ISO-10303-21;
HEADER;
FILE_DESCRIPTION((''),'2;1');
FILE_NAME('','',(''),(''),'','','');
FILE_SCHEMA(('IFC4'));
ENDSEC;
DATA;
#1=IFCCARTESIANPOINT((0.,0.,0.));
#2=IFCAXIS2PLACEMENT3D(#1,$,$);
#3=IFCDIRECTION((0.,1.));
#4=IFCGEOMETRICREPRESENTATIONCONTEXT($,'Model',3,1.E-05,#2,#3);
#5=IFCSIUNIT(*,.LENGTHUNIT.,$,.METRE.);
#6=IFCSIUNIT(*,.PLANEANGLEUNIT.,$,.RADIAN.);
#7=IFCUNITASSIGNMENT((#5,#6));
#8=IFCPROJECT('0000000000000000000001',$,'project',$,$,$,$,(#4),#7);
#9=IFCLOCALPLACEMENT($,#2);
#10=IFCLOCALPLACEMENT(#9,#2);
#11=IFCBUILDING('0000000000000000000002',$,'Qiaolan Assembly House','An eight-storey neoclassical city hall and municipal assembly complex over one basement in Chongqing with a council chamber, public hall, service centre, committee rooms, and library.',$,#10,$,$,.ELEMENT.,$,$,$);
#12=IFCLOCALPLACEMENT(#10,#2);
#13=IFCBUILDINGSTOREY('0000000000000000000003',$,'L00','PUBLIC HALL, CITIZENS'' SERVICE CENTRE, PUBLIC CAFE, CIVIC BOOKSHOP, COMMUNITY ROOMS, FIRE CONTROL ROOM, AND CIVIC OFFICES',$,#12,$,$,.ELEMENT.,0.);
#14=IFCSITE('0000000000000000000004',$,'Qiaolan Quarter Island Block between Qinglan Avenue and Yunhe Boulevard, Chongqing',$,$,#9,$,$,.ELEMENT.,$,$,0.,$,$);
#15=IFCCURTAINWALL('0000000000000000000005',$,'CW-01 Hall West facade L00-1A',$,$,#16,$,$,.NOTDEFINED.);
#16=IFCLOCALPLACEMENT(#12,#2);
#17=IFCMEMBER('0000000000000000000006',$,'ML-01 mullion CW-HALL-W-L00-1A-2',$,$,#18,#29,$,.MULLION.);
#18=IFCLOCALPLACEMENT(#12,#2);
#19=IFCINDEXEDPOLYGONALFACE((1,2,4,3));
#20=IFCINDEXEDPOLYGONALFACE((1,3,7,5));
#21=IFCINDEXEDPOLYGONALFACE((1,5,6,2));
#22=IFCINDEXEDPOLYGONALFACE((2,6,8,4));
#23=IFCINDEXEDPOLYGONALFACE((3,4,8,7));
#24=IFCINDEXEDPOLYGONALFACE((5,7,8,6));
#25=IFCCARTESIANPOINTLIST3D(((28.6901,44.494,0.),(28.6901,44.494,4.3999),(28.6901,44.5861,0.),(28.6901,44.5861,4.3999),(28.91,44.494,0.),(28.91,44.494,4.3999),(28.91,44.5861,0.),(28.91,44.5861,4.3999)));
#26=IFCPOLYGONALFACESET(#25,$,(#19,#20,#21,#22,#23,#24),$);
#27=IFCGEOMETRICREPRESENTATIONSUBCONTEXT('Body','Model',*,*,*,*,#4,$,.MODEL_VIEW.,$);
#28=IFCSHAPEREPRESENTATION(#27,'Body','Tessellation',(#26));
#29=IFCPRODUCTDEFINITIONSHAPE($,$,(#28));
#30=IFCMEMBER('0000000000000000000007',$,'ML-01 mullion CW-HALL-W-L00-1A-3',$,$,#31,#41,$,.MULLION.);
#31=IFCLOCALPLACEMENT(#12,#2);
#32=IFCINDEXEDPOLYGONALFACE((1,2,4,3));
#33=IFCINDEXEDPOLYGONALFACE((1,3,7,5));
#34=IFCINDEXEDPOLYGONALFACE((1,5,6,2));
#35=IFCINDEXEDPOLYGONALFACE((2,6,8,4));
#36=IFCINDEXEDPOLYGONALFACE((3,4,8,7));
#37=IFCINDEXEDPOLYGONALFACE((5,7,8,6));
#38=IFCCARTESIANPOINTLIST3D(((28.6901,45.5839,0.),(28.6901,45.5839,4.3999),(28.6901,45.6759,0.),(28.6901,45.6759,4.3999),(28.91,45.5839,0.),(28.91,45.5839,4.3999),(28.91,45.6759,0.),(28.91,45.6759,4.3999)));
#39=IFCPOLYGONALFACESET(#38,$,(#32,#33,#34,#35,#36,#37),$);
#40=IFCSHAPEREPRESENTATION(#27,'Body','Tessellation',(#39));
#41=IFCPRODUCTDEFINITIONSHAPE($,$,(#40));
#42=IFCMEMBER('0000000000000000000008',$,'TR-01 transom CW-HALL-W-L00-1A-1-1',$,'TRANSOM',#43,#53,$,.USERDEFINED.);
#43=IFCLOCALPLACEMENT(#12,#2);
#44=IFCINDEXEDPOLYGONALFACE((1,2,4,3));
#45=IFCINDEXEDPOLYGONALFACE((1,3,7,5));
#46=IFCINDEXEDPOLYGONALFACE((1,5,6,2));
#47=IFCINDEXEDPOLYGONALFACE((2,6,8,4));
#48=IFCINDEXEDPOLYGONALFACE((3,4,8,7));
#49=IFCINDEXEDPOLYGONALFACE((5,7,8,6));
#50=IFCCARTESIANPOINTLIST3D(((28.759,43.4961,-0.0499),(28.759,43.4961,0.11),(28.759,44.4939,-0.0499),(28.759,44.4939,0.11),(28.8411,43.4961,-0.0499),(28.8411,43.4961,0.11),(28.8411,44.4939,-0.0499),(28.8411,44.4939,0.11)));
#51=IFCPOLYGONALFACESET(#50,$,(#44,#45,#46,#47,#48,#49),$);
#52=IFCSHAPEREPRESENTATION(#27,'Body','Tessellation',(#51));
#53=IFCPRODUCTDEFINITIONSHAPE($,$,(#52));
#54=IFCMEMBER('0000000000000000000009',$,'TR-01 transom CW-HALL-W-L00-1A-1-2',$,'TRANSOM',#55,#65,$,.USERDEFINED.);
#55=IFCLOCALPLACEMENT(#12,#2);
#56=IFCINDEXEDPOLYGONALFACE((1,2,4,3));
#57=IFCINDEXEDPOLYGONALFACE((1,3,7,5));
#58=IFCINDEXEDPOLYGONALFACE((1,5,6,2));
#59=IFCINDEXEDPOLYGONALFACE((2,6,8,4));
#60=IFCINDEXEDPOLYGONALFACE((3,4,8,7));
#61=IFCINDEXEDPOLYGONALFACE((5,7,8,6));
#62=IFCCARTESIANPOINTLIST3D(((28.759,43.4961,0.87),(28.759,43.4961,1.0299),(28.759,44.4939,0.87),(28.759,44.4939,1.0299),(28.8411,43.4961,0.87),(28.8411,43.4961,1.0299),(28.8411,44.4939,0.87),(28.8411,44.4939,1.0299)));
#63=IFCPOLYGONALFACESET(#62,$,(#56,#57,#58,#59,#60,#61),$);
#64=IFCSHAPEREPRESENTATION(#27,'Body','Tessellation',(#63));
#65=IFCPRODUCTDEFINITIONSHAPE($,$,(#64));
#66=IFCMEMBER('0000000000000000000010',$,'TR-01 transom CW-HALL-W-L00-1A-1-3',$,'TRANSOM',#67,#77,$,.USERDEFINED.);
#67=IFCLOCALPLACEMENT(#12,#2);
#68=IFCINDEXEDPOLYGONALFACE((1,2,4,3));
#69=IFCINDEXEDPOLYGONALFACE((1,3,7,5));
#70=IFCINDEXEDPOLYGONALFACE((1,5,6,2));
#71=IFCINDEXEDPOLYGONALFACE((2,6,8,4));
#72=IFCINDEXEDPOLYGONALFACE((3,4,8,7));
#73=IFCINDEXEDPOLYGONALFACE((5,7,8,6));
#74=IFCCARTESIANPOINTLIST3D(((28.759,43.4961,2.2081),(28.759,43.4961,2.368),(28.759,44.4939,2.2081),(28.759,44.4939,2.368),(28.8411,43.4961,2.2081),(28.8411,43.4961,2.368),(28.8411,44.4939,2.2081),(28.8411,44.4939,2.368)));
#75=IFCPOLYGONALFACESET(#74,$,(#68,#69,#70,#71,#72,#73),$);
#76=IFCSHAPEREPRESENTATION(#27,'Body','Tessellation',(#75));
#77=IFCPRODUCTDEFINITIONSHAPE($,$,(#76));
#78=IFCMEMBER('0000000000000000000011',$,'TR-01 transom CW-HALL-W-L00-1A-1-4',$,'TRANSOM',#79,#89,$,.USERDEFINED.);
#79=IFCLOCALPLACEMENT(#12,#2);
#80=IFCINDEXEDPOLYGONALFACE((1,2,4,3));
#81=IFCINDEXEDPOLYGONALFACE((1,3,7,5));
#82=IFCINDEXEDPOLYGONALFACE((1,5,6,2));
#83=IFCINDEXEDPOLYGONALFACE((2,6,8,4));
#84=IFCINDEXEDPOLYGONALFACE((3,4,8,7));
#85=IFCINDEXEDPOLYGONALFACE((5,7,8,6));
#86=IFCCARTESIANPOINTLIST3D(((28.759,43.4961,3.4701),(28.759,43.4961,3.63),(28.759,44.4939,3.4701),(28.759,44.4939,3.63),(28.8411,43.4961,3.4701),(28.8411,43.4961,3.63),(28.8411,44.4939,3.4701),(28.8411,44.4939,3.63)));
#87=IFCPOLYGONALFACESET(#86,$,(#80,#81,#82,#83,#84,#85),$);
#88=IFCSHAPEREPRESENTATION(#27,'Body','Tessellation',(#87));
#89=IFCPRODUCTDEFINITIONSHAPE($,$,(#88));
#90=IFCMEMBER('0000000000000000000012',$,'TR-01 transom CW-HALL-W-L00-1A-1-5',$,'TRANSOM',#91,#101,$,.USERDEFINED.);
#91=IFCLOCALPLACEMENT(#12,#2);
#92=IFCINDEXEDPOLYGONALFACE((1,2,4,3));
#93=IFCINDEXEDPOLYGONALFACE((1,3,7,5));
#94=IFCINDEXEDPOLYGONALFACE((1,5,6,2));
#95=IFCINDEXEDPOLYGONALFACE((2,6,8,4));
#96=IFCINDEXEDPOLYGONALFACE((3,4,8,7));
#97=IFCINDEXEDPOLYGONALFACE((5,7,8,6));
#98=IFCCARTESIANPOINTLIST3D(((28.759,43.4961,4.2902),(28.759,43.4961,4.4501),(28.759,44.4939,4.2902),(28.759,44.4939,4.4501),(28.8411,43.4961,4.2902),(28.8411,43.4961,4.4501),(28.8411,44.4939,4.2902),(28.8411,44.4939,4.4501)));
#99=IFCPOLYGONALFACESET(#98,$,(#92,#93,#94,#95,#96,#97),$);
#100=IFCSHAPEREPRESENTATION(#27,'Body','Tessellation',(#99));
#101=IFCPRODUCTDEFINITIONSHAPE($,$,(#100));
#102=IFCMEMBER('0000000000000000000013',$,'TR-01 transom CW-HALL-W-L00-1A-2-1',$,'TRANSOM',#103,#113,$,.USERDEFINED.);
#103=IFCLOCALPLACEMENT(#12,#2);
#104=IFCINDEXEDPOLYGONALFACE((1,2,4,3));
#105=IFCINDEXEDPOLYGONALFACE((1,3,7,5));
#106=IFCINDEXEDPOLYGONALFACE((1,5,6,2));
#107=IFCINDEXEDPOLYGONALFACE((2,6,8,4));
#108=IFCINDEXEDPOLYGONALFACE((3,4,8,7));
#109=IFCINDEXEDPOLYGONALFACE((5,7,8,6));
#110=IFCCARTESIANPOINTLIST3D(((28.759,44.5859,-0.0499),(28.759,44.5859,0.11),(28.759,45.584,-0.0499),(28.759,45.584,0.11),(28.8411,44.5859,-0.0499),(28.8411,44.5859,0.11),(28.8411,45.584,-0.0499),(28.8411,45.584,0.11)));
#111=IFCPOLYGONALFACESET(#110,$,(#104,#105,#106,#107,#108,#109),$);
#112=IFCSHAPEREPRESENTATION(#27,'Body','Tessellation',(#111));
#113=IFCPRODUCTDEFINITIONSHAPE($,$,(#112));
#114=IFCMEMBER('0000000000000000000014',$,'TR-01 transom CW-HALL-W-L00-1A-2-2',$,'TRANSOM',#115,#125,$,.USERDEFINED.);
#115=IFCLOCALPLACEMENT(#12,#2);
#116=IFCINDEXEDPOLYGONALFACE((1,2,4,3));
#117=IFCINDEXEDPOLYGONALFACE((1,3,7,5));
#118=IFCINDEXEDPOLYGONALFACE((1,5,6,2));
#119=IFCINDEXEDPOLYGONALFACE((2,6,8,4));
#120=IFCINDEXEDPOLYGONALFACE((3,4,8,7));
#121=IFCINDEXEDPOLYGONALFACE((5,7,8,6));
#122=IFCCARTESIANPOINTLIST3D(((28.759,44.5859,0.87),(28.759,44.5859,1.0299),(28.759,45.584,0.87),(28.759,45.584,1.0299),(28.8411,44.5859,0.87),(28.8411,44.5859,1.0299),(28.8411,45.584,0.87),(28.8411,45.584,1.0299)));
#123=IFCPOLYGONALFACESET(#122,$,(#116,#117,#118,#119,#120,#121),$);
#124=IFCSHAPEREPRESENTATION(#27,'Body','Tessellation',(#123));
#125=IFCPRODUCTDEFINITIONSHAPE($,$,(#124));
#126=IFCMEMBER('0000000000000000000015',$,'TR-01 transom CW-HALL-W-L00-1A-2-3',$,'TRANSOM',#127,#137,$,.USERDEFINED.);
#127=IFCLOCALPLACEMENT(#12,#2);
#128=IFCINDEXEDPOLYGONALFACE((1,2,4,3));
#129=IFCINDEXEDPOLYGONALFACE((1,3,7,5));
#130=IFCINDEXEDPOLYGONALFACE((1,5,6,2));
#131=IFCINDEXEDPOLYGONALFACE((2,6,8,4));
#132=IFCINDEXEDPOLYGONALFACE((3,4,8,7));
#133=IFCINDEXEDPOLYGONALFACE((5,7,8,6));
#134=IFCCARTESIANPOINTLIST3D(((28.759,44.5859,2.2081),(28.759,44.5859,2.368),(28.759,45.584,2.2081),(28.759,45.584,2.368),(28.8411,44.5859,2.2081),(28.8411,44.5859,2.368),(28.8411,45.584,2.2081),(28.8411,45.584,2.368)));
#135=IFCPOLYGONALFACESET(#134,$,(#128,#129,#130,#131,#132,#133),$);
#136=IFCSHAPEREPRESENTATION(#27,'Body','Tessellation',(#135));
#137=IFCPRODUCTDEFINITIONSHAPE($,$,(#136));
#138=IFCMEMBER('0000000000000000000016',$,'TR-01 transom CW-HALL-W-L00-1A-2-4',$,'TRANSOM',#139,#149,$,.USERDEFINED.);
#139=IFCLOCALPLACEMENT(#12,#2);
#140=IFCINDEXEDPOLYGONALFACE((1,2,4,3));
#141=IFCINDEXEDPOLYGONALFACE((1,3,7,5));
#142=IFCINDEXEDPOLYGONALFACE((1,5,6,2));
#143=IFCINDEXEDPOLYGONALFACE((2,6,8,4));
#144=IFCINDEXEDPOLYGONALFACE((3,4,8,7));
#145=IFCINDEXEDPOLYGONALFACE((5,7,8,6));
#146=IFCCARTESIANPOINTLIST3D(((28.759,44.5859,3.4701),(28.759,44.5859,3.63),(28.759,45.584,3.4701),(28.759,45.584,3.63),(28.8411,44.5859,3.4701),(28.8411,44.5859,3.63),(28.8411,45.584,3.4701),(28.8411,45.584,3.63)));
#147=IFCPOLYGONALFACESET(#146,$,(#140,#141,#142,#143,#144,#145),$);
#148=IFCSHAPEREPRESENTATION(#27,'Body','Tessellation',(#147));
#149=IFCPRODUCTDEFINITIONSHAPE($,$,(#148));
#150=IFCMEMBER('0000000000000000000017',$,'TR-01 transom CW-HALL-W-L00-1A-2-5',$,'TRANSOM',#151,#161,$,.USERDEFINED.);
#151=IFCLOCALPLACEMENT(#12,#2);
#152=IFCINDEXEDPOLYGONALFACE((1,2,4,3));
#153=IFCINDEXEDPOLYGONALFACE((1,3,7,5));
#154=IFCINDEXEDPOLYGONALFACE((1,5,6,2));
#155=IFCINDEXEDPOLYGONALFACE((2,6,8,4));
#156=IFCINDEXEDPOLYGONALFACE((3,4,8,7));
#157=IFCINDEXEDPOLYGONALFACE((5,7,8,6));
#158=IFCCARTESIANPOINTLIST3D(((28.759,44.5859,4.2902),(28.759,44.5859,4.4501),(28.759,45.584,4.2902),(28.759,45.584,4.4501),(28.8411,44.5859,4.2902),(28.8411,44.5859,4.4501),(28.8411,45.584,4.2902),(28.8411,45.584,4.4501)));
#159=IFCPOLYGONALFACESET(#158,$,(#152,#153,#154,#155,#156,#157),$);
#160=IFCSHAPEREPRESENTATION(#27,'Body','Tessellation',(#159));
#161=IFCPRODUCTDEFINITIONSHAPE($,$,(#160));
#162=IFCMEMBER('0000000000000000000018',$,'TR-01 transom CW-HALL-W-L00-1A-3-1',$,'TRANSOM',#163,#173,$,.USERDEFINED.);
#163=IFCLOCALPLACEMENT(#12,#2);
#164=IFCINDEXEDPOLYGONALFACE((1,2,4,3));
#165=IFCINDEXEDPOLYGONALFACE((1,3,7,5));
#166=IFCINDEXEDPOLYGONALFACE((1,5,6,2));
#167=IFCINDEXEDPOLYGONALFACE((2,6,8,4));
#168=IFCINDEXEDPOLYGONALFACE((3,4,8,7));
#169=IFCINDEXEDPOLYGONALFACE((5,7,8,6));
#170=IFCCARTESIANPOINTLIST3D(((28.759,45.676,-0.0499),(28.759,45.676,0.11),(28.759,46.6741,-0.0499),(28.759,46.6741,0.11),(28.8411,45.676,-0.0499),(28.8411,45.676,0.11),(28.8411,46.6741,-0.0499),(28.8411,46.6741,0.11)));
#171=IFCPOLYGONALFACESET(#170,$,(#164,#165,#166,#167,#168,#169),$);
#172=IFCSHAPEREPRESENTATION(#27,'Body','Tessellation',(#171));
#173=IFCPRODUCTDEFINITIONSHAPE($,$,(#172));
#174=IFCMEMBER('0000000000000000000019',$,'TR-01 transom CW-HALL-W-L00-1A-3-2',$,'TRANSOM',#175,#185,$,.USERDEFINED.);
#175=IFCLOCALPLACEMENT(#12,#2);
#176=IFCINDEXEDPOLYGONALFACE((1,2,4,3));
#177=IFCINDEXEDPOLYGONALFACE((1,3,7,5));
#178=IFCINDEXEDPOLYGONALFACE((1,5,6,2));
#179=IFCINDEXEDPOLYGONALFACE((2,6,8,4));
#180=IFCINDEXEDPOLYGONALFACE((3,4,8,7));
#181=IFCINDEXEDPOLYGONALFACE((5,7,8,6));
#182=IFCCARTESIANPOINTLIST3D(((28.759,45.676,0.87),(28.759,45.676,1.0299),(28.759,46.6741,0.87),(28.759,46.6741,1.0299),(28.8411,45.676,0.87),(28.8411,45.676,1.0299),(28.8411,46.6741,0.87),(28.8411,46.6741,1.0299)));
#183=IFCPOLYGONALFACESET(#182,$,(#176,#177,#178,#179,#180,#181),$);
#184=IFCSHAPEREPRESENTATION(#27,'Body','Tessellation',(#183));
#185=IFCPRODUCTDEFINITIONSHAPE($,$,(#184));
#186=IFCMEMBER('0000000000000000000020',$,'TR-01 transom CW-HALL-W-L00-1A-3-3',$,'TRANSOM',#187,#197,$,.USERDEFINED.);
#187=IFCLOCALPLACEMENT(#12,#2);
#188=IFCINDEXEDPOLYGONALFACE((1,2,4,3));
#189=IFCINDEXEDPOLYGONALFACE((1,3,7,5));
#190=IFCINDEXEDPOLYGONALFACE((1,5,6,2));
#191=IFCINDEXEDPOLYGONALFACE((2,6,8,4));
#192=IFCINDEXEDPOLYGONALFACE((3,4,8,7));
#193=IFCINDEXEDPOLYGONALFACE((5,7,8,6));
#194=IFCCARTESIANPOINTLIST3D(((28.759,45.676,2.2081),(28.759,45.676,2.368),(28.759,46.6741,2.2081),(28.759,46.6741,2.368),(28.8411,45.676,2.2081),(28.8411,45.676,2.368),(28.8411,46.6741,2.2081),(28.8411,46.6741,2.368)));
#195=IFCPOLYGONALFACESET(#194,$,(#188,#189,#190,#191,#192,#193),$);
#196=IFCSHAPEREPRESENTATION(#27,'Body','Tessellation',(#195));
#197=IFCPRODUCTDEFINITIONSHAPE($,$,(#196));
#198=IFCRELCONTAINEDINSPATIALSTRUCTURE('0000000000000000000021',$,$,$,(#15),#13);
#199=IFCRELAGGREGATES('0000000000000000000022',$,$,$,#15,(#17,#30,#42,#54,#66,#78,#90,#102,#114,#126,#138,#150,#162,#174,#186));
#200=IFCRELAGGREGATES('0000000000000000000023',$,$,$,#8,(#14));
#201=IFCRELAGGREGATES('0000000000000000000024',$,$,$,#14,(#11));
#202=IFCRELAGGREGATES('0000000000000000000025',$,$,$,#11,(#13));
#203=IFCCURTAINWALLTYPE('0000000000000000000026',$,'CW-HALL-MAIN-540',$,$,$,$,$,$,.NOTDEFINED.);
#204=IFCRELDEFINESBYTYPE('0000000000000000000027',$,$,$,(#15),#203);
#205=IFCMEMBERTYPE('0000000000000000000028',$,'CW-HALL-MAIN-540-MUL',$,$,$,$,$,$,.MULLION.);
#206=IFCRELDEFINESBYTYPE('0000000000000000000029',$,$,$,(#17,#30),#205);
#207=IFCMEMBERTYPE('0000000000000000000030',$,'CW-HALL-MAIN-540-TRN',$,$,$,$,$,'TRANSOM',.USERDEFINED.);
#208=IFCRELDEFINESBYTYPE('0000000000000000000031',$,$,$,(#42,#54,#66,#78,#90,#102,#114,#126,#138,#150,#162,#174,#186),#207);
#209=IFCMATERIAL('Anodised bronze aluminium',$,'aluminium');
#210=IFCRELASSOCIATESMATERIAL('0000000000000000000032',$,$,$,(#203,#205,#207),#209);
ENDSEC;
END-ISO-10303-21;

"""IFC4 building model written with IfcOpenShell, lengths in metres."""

from ifc_helpers import new_model, si_unit, direction, frame, origin, origin_2d, place, context, subcontext, project, spatial, rectangle, extrude, material, material_profile, profile_set, type_object, element, aggregate, save


model = new_model("IFC4")

# Units and contexts
model_context = context("Model", 3, precision=1e-05, world=origin(), true_north=direction((0.0, 1.0)))
body_context = subcontext(model_context, "Body", "Model", "MODEL_VIEW")
ifc_project = project(units=[si_unit("LENGTHUNIT", "METRE"), si_unit("PLANEANGLEUNIT", "RADIAN")], contexts=[model_context])

# Site, building, storey
site_placement = place(None, origin())
site = spatial("IfcSite", under=ifc_project, at=site_placement, Name="Qiaolan Quarter Island Block between Qinglan Avenue and Yunhe Boulevard, Chongqing", CompositionType="ELEMENT", RefElevation=0.0)
building_placement = place(site_placement, origin())
building = spatial("IfcBuilding", under=site, at=building_placement, Name="Qiaolan Assembly House", Description="An eight-storey neoclassical city hall and municipal assembly complex over one basement in Chongqing with a council chamber, public hall, service centre, committee rooms, and library.", CompositionType="ELEMENT")
storey_placement = place(building_placement, origin())
storey = spatial("IfcBuildingStorey", under=building, at=storey_placement, Name="L00", Description="PUBLIC HALL, CITIZENS' SERVICE CENTRE, PUBLIC CAFE, CIVIC BOOKSHOP, COMMUNITY ROOMS, FIRE CONTROL ROOM, AND CIVIC OFFICES", CompositionType="ELEMENT", Elevation=0.0)

# Curtain wall, members
ifc_material_1 = material(Name="Anodised bronze aluminium", Category="aluminium")
curtain_wall_type = type_object("IfcCurtainWallType", Name="CW-HALL-MAIN-540", PredefinedType="NOTDEFINED", material=ifc_material_1)
curtain_wall_placement = place(storey_placement, origin())
curtain_wall = element("IfcCurtainWall", 1, at=curtain_wall_placement, inside=storey, type_object=curtain_wall_type, Name="CW-01 Hall West facade L00-1A", PredefinedType="NOTDEFINED")
ifc_material_profile_1 = material_profile(ifc_material_1, rectangle(XDim=0.092, YDim=0.22, at=origin_2d()), Name="MUL 92x220")
ifc_profile_set_1 = profile_set([ifc_material_profile_1], Name="Anodised bronze aluminium")
member_type_1 = type_object("IfcMemberType", Name="CW-HALL-MAIN-540-MUL", PredefinedType="MULLION", material=ifc_profile_set_1)
member_1_placement = place(storey_placement, frame((28.8, 44.54, 0.0), z_axis=(0.0, 0.0, 1.0), x_axis=(0.0, 1.0, 0.0)))
member_1 = element("IfcMember", 2, at=member_1_placement, type_object=member_type_1, Name="ML-01 mullion CW-HALL-W-L00-1A-2", PredefinedType="MULLION", context=body_context, shape_type="SweptSolid", body=[
    extrude(rectangle(XDim=0.092, YDim=0.22, at=origin_2d()), origin(), (0.0, 0.0, 1.0), 4.3999),
])
member_2_placement = place(storey_placement, frame((28.8, 45.6299, 0.0), z_axis=(0.0, 0.0, 1.0), x_axis=(0.0, 1.0, 0.0)))
member_2 = element("IfcMember", 3, at=member_2_placement, type_object=member_type_1, Name="ML-01 mullion CW-HALL-W-L00-1A-3", PredefinedType="MULLION", context=body_context, shape_type="SweptSolid", body=[
    extrude(rectangle(XDim=0.092, YDim=0.22, at=origin_2d()), origin(), (0.0, 0.0, 1.0), 4.3999),
])
ifc_material_profile_2 = material_profile(ifc_material_1, rectangle(XDim=0.082, YDim=0.1599, at=origin_2d()), Name="TRN 82x160")
ifc_profile_set_2 = profile_set([ifc_material_profile_2], Name="Anodised bronze aluminium")
member_type_2 = type_object("IfcMemberType", Name="CW-HALL-MAIN-540-TRN", ElementType="TRANSOM", PredefinedType="USERDEFINED", material=ifc_profile_set_2)
member_3_placement = place(storey_placement, frame((28.8, 43.4961, 0.03), z_axis=(0.0, 1.0, 0.0), x_axis=(-1.0, 0.0, 0.0)))
member_3 = element("IfcMember", 4, at=member_3_placement, type_object=member_type_2, Name="TR-01 transom CW-HALL-W-L00-1A-1-1", ObjectType="TRANSOM", PredefinedType="USERDEFINED", context=body_context, shape_type="SweptSolid", body=[
    extrude(rectangle(XDim=0.082, YDim=0.1599, at=origin_2d()), origin(), (0.0, 0.0, 1.0), 0.9978),
])
member_4_placement = place(storey_placement, frame((28.8, 43.4961, 0.95), z_axis=(0.0, 1.0, 0.0), x_axis=(-1.0, 0.0, 0.0)))
member_4 = element("IfcMember", 5, at=member_4_placement, type_object=member_type_2, Name="TR-01 transom CW-HALL-W-L00-1A-1-2", ObjectType="TRANSOM", PredefinedType="USERDEFINED", context=body_context, shape_type="SweptSolid", body=[
    extrude(rectangle(XDim=0.082, YDim=0.1599, at=origin_2d()), origin(), (0.0, 0.0, 1.0), 0.9978),
])
member_5_placement = place(storey_placement, frame((28.8, 43.4961, 2.2881), z_axis=(0.0, 1.0, 0.0), x_axis=(-1.0, 0.0, 0.0)))
member_5 = element("IfcMember", 6, at=member_5_placement, type_object=member_type_2, Name="TR-01 transom CW-HALL-W-L00-1A-1-3", ObjectType="TRANSOM", PredefinedType="USERDEFINED", context=body_context, shape_type="SweptSolid", body=[
    extrude(rectangle(XDim=0.082, YDim=0.1599, at=origin_2d()), origin(), (0.0, 0.0, 1.0), 0.9978),
])
member_6_placement = place(storey_placement, frame((28.8, 43.4961, 3.55), z_axis=(0.0, 1.0, 0.0), x_axis=(-1.0, 0.0, 0.0)))
member_6 = element("IfcMember", 7, at=member_6_placement, type_object=member_type_2, Name="TR-01 transom CW-HALL-W-L00-1A-1-4", ObjectType="TRANSOM", PredefinedType="USERDEFINED", context=body_context, shape_type="SweptSolid", body=[
    extrude(rectangle(XDim=0.082, YDim=0.1599, at=origin_2d()), origin(), (0.0, 0.0, 1.0), 0.9978),
])
member_7_placement = place(storey_placement, frame((28.8, 43.4961, 4.3701), z_axis=(0.0, 1.0, 0.0), x_axis=(-1.0, 0.0, 0.0)))
member_7 = element("IfcMember", 8, at=member_7_placement, type_object=member_type_2, Name="TR-01 transom CW-HALL-W-L00-1A-1-5", ObjectType="TRANSOM", PredefinedType="USERDEFINED", context=body_context, shape_type="SweptSolid", body=[
    extrude(rectangle(XDim=0.082, YDim=0.1599, at=origin_2d()), origin(), (0.0, 0.0, 1.0), 0.9978),
])
member_8_placement = place(storey_placement, frame((28.8, 44.5859, 0.03), z_axis=(0.0, 1.0, 0.0), x_axis=(-1.0, 0.0, 0.0)))
member_8 = element("IfcMember", 9, at=member_8_placement, type_object=member_type_2, Name="TR-01 transom CW-HALL-W-L00-1A-2-1", ObjectType="TRANSOM", PredefinedType="USERDEFINED", context=body_context, shape_type="SweptSolid", body=[
    extrude(rectangle(XDim=0.082, YDim=0.1599, at=origin_2d()), origin(), (0.0, 0.0, 1.0), 0.998),
])
member_9_placement = place(storey_placement, frame((28.8, 44.5859, 0.95), z_axis=(0.0, 1.0, 0.0), x_axis=(-1.0, 0.0, 0.0)))
member_9 = element("IfcMember", 10, at=member_9_placement, type_object=member_type_2, Name="TR-01 transom CW-HALL-W-L00-1A-2-2", ObjectType="TRANSOM", PredefinedType="USERDEFINED", context=body_context, shape_type="SweptSolid", body=[
    extrude(rectangle(XDim=0.082, YDim=0.1599, at=origin_2d()), origin(), (0.0, 0.0, 1.0), 0.998),
])
member_10_placement = place(storey_placement, frame((28.8, 44.5859, 2.2881), z_axis=(0.0, 1.0, 0.0), x_axis=(-1.0, 0.0, 0.0)))
member_10 = element("IfcMember", 11, at=member_10_placement, type_object=member_type_2, Name="TR-01 transom CW-HALL-W-L00-1A-2-3", ObjectType="TRANSOM", PredefinedType="USERDEFINED", context=body_context, shape_type="SweptSolid", body=[
    extrude(rectangle(XDim=0.082, YDim=0.1599, at=origin_2d()), origin(), (0.0, 0.0, 1.0), 0.998),
])
member_11_placement = place(storey_placement, frame((28.8, 44.5859, 3.55), z_axis=(0.0, 1.0, 0.0), x_axis=(-1.0, 0.0, 0.0)))
member_11 = element("IfcMember", 12, at=member_11_placement, type_object=member_type_2, Name="TR-01 transom CW-HALL-W-L00-1A-2-4", ObjectType="TRANSOM", PredefinedType="USERDEFINED", context=body_context, shape_type="SweptSolid", body=[
    extrude(rectangle(XDim=0.082, YDim=0.1599, at=origin_2d()), origin(), (0.0, 0.0, 1.0), 0.998),
])
member_12_placement = place(storey_placement, frame((28.8, 44.5859, 4.3701), z_axis=(0.0, 1.0, 0.0), x_axis=(-1.0, 0.0, 0.0)))
member_12 = element("IfcMember", 13, at=member_12_placement, type_object=member_type_2, Name="TR-01 transom CW-HALL-W-L00-1A-2-5", ObjectType="TRANSOM", PredefinedType="USERDEFINED", context=body_context, shape_type="SweptSolid", body=[
    extrude(rectangle(XDim=0.082, YDim=0.1599, at=origin_2d()), origin(), (0.0, 0.0, 1.0), 0.998),
])
member_13_placement = place(storey_placement, frame((28.8, 45.676, 0.03), z_axis=(0.0, 1.0, 0.0), x_axis=(-1.0, 0.0, 0.0)))
member_13 = element("IfcMember", 14, at=member_13_placement, type_object=member_type_2, Name="TR-01 transom CW-HALL-W-L00-1A-3-1", ObjectType="TRANSOM", PredefinedType="USERDEFINED", context=body_context, shape_type="SweptSolid", body=[
    extrude(rectangle(XDim=0.082, YDim=0.1599, at=origin_2d()), origin(), (0.0, 0.0, 1.0), 0.998),
])
member_14_placement = place(storey_placement, frame((28.8, 45.676, 0.95), z_axis=(0.0, 1.0, 0.0), x_axis=(-1.0, 0.0, 0.0)))
member_14 = element("IfcMember", 15, at=member_14_placement, type_object=member_type_2, Name="TR-01 transom CW-HALL-W-L00-1A-3-2", ObjectType="TRANSOM", PredefinedType="USERDEFINED", context=body_context, shape_type="SweptSolid", body=[
    extrude(rectangle(XDim=0.082, YDim=0.1599, at=origin_2d()), origin(), (0.0, 0.0, 1.0), 0.998),
])
member_15_placement = place(storey_placement, frame((28.8, 45.676, 2.2881), z_axis=(0.0, 1.0, 0.0), x_axis=(-1.0, 0.0, 0.0)))
member_15 = element("IfcMember", 16, at=member_15_placement, type_object=member_type_2, Name="TR-01 transom CW-HALL-W-L00-1A-3-3", ObjectType="TRANSOM", PredefinedType="USERDEFINED", context=body_context, shape_type="SweptSolid", body=[
    extrude(rectangle(XDim=0.082, YDim=0.1599, at=origin_2d()), origin(), (0.0, 0.0, 1.0), 0.998),
])
aggregate(curtain_wall, [member_1, member_2, member_3, member_4, member_5, member_6, member_7, member_8, member_9, member_10, member_11, member_12, member_13, member_14, member_15])

save(model, "model.ifc")
